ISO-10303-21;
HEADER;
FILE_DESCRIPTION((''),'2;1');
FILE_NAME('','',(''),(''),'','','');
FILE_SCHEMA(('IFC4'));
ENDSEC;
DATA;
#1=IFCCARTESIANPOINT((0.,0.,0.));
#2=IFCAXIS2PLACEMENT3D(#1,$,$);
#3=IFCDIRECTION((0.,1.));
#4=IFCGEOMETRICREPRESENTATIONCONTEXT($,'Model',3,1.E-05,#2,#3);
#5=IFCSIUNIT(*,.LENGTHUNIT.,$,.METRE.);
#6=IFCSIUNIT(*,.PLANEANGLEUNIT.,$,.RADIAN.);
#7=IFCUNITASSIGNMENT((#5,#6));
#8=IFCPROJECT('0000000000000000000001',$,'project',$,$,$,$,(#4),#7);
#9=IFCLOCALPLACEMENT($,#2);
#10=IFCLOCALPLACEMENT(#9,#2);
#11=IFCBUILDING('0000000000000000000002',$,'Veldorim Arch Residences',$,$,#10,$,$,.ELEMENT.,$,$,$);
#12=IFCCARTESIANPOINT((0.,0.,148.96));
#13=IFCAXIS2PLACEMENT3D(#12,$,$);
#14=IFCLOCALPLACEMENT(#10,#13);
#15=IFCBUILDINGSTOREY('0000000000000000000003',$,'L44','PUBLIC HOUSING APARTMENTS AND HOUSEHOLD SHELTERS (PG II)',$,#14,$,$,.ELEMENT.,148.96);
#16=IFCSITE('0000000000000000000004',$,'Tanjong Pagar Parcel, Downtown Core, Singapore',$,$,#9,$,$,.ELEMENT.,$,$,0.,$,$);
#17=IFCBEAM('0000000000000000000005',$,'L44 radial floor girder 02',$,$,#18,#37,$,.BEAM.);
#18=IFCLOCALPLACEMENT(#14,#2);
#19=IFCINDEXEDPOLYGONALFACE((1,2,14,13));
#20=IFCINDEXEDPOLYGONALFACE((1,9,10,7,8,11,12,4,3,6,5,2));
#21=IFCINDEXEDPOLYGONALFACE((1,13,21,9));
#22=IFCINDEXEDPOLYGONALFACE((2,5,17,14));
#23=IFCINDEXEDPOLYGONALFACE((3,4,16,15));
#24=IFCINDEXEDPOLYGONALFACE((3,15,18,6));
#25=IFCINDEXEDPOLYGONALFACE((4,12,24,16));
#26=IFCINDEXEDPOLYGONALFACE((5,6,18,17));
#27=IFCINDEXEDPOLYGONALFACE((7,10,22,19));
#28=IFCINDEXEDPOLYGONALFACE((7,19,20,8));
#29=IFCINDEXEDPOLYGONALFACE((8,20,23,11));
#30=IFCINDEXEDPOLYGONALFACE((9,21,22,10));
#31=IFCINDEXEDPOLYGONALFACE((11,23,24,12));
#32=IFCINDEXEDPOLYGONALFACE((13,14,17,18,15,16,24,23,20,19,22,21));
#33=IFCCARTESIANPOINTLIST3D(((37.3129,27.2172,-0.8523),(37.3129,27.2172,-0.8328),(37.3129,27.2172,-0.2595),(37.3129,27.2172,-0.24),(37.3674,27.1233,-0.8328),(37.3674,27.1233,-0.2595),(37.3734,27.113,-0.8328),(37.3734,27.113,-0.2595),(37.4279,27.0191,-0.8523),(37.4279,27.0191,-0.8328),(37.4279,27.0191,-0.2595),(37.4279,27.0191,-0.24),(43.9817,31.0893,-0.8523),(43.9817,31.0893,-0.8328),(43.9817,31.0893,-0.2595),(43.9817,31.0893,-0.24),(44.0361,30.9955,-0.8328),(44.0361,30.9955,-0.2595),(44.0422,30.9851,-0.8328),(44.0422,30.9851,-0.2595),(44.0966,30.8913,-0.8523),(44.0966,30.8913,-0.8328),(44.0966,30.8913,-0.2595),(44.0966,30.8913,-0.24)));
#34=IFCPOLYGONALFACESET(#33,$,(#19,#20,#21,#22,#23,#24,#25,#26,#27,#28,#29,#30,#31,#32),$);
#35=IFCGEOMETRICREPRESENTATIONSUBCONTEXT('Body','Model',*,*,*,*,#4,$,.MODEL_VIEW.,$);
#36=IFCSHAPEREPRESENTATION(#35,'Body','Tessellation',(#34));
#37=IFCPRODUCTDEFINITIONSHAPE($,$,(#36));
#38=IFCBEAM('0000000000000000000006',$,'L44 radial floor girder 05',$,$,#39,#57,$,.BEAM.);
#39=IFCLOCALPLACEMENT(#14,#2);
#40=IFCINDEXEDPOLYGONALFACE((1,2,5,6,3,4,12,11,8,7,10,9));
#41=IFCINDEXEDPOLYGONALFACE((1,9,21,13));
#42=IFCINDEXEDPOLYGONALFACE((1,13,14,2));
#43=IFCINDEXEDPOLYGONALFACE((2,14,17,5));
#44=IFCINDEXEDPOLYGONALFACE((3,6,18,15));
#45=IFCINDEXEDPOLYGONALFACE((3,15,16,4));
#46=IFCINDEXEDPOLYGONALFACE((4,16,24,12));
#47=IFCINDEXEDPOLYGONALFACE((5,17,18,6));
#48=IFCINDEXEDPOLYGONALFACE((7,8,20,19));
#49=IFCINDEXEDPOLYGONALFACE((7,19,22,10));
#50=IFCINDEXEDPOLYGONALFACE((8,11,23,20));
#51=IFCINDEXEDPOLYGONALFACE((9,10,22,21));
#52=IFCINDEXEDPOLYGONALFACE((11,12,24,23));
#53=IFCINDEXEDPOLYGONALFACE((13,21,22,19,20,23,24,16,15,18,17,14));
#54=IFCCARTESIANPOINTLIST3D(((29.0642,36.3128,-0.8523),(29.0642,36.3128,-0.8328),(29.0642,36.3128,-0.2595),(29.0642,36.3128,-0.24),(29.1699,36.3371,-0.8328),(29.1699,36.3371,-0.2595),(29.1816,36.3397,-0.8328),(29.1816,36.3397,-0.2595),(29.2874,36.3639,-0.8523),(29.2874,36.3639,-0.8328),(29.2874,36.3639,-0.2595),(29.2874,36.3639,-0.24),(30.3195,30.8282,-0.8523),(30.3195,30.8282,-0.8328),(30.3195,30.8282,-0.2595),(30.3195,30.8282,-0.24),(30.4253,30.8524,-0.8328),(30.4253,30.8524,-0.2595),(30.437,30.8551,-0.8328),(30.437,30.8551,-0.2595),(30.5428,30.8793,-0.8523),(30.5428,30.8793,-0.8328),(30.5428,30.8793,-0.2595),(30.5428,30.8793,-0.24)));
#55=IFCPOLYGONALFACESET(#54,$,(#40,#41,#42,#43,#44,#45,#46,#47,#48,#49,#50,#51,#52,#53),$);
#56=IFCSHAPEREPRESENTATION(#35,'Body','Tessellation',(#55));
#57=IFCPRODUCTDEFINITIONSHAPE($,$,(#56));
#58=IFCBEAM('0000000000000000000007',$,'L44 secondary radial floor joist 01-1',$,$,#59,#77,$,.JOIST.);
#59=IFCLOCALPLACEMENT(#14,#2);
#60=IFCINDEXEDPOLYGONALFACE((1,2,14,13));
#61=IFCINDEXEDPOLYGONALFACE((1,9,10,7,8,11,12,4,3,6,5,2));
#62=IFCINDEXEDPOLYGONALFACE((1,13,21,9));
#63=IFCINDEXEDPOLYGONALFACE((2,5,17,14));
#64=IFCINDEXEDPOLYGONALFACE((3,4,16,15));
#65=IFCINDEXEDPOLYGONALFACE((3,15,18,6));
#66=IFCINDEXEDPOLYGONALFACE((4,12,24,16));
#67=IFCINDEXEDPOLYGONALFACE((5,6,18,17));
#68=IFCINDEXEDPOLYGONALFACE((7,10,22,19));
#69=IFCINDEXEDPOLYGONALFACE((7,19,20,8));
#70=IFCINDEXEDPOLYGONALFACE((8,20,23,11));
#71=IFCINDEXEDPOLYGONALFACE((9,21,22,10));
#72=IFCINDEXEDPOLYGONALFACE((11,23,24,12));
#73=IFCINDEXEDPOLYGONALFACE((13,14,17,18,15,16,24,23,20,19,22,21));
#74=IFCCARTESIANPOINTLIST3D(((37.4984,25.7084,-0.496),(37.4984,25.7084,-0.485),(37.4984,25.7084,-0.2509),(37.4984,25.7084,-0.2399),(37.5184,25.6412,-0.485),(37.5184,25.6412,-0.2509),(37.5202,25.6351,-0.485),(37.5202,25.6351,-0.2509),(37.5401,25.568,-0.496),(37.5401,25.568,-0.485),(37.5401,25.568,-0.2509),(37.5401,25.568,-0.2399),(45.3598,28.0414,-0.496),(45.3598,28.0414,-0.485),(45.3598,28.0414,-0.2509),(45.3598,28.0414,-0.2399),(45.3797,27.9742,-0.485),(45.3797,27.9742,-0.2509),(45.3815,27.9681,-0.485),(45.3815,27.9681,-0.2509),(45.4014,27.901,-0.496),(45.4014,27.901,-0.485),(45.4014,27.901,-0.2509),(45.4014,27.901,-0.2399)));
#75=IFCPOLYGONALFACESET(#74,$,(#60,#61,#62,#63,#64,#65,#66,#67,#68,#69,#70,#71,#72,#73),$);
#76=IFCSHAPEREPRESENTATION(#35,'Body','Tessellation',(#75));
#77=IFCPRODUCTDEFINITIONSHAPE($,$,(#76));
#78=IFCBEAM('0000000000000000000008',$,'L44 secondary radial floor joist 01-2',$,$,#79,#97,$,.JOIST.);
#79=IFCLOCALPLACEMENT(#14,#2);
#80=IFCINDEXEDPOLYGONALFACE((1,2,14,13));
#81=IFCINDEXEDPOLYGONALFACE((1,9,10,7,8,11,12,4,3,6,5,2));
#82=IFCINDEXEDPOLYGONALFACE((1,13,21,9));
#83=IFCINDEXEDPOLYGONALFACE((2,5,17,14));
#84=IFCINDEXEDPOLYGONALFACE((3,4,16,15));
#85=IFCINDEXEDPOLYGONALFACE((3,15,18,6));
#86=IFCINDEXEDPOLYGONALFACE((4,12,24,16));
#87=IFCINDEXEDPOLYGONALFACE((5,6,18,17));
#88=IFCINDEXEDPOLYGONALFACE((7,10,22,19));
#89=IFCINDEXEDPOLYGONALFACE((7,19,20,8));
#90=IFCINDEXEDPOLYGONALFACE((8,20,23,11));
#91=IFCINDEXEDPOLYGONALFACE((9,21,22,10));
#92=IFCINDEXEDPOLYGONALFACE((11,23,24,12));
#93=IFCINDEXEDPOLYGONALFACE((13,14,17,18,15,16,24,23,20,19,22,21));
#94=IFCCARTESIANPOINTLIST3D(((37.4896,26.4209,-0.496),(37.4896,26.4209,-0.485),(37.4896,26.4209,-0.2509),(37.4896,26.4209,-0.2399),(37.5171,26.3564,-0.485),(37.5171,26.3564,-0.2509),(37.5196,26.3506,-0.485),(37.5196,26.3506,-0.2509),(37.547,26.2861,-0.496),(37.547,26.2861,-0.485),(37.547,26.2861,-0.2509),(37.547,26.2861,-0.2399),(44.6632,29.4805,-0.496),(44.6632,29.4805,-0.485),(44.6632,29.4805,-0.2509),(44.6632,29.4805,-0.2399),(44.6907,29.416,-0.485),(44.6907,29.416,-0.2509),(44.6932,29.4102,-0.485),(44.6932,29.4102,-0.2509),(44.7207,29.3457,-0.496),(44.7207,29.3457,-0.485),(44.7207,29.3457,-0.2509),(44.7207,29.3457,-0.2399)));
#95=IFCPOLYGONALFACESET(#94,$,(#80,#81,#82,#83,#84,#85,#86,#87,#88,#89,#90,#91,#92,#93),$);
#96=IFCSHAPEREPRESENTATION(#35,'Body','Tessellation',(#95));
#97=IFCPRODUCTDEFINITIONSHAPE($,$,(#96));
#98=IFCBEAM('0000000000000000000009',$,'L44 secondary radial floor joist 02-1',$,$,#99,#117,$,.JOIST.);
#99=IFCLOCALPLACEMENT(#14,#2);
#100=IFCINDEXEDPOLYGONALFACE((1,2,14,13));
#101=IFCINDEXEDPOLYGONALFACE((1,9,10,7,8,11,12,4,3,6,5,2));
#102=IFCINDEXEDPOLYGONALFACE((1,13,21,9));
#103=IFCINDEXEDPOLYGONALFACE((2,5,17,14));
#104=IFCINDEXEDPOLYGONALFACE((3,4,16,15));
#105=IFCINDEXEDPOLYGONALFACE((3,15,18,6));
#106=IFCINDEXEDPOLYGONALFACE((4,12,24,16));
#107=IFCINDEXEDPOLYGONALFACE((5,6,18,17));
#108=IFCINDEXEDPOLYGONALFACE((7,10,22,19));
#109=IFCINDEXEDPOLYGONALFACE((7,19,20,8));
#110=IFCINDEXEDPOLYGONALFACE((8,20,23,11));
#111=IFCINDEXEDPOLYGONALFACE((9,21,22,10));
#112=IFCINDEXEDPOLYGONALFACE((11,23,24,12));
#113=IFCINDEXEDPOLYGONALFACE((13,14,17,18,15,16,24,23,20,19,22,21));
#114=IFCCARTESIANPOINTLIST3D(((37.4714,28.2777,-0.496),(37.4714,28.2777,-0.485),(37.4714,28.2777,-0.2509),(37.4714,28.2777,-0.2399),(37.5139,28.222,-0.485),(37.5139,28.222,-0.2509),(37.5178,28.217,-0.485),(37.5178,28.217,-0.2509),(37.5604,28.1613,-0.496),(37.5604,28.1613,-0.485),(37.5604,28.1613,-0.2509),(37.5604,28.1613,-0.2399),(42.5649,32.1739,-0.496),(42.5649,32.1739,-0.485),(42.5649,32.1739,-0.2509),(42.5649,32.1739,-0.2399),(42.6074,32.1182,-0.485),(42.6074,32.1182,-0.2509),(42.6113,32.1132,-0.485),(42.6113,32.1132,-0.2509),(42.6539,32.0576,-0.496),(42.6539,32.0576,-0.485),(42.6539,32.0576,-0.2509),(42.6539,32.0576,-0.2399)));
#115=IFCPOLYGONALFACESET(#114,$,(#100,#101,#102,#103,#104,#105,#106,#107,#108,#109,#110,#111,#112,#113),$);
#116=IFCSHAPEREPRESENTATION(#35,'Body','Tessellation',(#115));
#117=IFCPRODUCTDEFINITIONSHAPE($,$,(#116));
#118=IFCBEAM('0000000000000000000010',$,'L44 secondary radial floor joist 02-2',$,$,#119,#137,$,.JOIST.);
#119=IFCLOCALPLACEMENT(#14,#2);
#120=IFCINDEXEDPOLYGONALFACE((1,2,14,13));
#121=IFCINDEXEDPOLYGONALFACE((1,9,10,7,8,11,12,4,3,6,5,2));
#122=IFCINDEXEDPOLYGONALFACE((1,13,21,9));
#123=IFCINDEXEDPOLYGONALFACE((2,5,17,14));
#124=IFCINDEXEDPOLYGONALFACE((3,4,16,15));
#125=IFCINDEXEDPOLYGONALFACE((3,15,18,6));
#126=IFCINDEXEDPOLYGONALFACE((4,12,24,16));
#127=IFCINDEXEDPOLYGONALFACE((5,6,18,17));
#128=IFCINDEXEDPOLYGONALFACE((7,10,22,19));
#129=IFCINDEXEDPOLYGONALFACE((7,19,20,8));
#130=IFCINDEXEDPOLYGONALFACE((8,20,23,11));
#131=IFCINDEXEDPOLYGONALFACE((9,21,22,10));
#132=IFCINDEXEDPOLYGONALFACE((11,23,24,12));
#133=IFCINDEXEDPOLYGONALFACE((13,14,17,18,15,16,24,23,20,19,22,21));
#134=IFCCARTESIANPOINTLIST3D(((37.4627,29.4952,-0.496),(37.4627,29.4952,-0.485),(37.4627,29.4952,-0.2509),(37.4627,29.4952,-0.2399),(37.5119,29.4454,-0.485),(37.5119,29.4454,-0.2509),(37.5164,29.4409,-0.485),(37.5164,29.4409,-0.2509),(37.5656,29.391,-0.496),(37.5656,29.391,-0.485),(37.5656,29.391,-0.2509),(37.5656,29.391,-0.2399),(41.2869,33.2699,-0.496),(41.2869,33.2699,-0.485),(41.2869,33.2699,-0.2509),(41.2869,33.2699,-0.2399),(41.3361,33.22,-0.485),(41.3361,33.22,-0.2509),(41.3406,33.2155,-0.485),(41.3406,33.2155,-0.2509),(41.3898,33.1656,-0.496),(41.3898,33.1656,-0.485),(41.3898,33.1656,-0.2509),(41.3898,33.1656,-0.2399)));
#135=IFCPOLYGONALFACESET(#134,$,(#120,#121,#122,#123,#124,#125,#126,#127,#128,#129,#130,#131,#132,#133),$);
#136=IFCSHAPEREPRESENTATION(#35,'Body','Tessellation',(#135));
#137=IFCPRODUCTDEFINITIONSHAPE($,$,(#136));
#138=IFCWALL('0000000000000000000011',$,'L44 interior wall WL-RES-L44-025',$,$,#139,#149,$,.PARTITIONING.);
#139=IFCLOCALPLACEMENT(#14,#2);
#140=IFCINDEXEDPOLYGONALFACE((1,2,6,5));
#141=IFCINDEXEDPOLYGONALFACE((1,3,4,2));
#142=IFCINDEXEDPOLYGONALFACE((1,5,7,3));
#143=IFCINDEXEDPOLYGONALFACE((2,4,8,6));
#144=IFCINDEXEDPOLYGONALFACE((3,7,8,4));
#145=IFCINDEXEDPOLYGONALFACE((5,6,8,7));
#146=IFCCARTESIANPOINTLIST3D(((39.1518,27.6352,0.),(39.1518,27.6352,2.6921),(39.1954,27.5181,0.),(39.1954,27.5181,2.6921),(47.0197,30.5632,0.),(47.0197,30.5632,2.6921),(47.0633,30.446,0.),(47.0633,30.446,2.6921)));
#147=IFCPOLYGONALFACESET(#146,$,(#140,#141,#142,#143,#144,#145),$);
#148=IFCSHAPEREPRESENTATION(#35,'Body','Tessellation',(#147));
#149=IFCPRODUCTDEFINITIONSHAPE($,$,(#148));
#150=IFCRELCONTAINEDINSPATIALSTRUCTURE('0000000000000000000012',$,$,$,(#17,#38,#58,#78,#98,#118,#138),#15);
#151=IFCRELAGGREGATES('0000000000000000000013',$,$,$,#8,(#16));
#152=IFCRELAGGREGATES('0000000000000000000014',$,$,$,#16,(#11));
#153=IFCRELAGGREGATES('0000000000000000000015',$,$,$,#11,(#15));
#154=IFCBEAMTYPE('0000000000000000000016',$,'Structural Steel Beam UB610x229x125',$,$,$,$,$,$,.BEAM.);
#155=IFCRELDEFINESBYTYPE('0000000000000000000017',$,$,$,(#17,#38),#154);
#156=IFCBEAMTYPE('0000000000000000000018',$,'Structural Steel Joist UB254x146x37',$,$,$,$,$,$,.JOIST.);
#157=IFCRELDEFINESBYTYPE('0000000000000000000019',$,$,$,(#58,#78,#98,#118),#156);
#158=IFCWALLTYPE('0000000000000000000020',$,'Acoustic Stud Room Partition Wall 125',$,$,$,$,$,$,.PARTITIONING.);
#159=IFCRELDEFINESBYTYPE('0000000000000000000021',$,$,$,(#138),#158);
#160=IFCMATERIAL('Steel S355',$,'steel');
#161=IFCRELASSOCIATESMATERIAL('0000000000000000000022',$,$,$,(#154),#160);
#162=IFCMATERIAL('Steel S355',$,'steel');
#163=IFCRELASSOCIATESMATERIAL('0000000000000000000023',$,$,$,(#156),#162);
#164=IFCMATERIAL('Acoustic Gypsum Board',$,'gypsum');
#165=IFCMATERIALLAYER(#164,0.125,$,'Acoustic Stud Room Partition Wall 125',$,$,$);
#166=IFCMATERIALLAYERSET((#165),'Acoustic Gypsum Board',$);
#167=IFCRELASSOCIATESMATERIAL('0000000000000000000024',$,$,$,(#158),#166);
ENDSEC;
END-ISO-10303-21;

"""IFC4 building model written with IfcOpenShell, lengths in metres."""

from ifc_helpers import new_model, si_unit, direction, frame, frame_2d, origin, origin_2d, place, context, subcontext, project, spatial, rectangle, i_section, extrude, material, layer, layer_set, material_profile, profile_set, type_object, element, save


model = new_model("IFC4")

# Units and contexts
model_context = context("Model", 3, precision=1e-05, world=origin(), true_north=direction((0.0, 1.0)))
body_context = subcontext(model_context, "Body", "Model", "MODEL_VIEW")
ifc_project = project(units=[si_unit("LENGTHUNIT", "METRE"), si_unit("PLANEANGLEUNIT", "RADIAN")], contexts=[model_context])

# Site, building, storey
site_placement = place(None, origin())
site = spatial("IfcSite", under=ifc_project, at=site_placement, Name="Tanjong Pagar Parcel, Downtown Core, Singapore", CompositionType="ELEMENT", RefElevation=0.0)
building_placement = place(site_placement, origin())
building = spatial("IfcBuilding", under=site, at=building_placement, Name="Veldorim Arch Residences", CompositionType="ELEMENT")
storey_placement = place(building_placement, frame((0.0, 0.0, 148.96)))
storey = spatial("IfcBuildingStorey", under=building, at=storey_placement, Name="L44", Description="PUBLIC HOUSING APARTMENTS AND HOUSEHOLD SHELTERS (PG II)", CompositionType="ELEMENT", Elevation=148.96)

# Beams
ifc_material_1 = material(Name="Steel S355", Category="steel")
ifc_material_profile_1 = material_profile(ifc_material_1, i_section(OverallWidth=0.229, OverallDepth=0.6123, WebThickness=0.012, FlangeThickness=0.0195, at=origin_2d()), Name="UB610x229x125")
ifc_profile_set_1 = profile_set([ifc_material_profile_1], Name="Steel S355")
beam_type_1 = type_object("IfcBeamType", Name="Structural Steel Beam UB610x229x125", PredefinedType="BEAM", material=ifc_profile_set_1)
beam_1_placement = place(storey_placement, frame((37.3704, 27.1182, -0.5461), z_axis=(0.864793, 0.502128, 0.0), x_axis=(-0.502128, 0.864793, 0.0)))
element("IfcBeam", 1, at=beam_1_placement, inside=storey, type_object=beam_type_1, Name="L44 radial floor girder 02", PredefinedType="BEAM", context=body_context, shape_type="SweptSolid", body=[
    extrude(i_section(OverallWidth=0.229, OverallDepth=0.6123, WebThickness=0.012, FlangeThickness=0.0195, at=origin_2d()), origin(), (0.0, 0.0, 1.0), 7.7114),
])
beam_2_placement = place(storey_placement, frame((30.4312, 30.8538, -0.5461), z_axis=(-0.223119, 0.974791, 0.0), x_axis=(-0.974791, -0.223119, 0.0)))
element("IfcBeam", 2, at=beam_2_placement, inside=storey, type_object=beam_type_1, Name="L44 radial floor girder 05", PredefinedType="BEAM", context=body_context, shape_type="SweptSolid", body=[
    extrude(i_section(OverallWidth=0.229, OverallDepth=0.6123, WebThickness=0.012, FlangeThickness=0.0195, at=origin_2d()), origin(), (0.0, 0.0, 1.0), 5.6265),
])
ifc_material_2 = material(Name="Steel S355", Category="steel")
ifc_material_profile_2 = material_profile(ifc_material_2, i_section(OverallWidth=0.1465, OverallDepth=0.2561, WebThickness=0.0063, FlangeThickness=0.011, at=origin_2d()), Name="UB254x146x37")
ifc_profile_set_2 = profile_set([ifc_material_profile_2], Name="Steel S355")
beam_type_2 = type_object("IfcBeamType", Name="Structural Steel Joist UB254x146x37", PredefinedType="JOIST", material=ifc_profile_set_2)
beam_3_placement = place(storey_placement, frame((37.5193, 25.6382, -0.3679), z_axis=(0.958674, 0.284506, 0.0), x_axis=(-0.284506, 0.958674, 0.0)))
element("IfcBeam", 3, at=beam_3_placement, inside=storey, type_object=beam_type_2, Name="L44 secondary radial floor joist 01-1", PredefinedType="JOIST", context=body_context, shape_type="SweptSolid", body=[
    extrude(i_section(OverallWidth=0.1465, OverallDepth=0.2561, WebThickness=0.0063, FlangeThickness=0.011, at=origin_2d()), origin(), (0.0, 0.0, 1.0), 8.2002),
])
beam_4_placement = place(storey_placement, frame((37.5183, 26.3535, -0.3679), z_axis=(0.919832, 0.392313, 0.0), x_axis=(-0.392313, 0.919832, 0.0)))
element("IfcBeam", 4, at=beam_4_placement, inside=storey, type_object=beam_type_2, Name="L44 secondary radial floor joist 01-2", PredefinedType="JOIST", context=body_context, shape_type="SweptSolid", body=[
    extrude(i_section(OverallWidth=0.1465, OverallDepth=0.2561, WebThickness=0.0063, FlangeThickness=0.011, at=origin_2d()), origin(), (0.0, 0.0, 1.0), 7.7988),
])
beam_5_placement = place(storey_placement, frame((37.5159, 28.2195, -0.3679), z_axis=(0.794267, 0.607569, 0.0), x_axis=(-0.607569, 0.794267, 0.0)))
element("IfcBeam", 5, at=beam_5_placement, inside=storey, type_object=beam_type_2, Name="L44 secondary radial floor joist 02-1", PredefinedType="JOIST", context=body_context, shape_type="SweptSolid", body=[
    extrude(i_section(OverallWidth=0.1465, OverallDepth=0.2561, WebThickness=0.0063, FlangeThickness=0.011, at=origin_2d()), origin(), (0.0, 0.0, 1.0), 6.4128),
])
beam_6_placement = place(storey_placement, frame((37.5142, 29.4431, -0.3679), z_axis=(0.711703, 0.70248, 0.0), x_axis=(-0.70248, 0.711703, 0.0)))
element("IfcBeam", 6, at=beam_6_placement, inside=storey, type_object=beam_type_2, Name="L44 secondary radial floor joist 02-2", PredefinedType="JOIST", context=body_context, shape_type="SweptSolid", body=[
    extrude(i_section(OverallWidth=0.1465, OverallDepth=0.2561, WebThickness=0.0063, FlangeThickness=0.011, at=origin_2d()), origin(), (0.0, 0.0, 1.0), 5.3733),
])

# Wall
ifc_material_3 = material(Name="Acoustic Gypsum Board", Category="gypsum")
ifc_layer_1 = layer(ifc_material_3, 0.125, Name="Acoustic Stud Room Partition Wall 125")
ifc_layer_set_1 = layer_set([ifc_layer_1], Name="Acoustic Gypsum Board")
wall_type_1 = type_object("IfcWallType", Name="Acoustic Stud Room Partition Wall 125", PredefinedType="PARTITIONING", material=ifc_layer_set_1)
wall_1_placement = place(storey_placement, frame((39.1736, 27.5767, 0.0), z_axis=(0.0, 0.0, 1.0), x_axis=(0.937207, 0.348774, 0.0)))
element("IfcWall", 7, at=wall_1_placement, inside=storey, type_object=wall_type_1, Name="L44 interior wall WL-RES-L44-025", PredefinedType="PARTITIONING", context=body_context, shape_type="SweptSolid", body=[
    extrude(rectangle(XDim=8.395, YDim=0.125, at=frame_2d((4.1975, 0.0))), origin(), (0.0, 0.0, 1.0), 2.6921),
])

save(model, "model.ifc")
